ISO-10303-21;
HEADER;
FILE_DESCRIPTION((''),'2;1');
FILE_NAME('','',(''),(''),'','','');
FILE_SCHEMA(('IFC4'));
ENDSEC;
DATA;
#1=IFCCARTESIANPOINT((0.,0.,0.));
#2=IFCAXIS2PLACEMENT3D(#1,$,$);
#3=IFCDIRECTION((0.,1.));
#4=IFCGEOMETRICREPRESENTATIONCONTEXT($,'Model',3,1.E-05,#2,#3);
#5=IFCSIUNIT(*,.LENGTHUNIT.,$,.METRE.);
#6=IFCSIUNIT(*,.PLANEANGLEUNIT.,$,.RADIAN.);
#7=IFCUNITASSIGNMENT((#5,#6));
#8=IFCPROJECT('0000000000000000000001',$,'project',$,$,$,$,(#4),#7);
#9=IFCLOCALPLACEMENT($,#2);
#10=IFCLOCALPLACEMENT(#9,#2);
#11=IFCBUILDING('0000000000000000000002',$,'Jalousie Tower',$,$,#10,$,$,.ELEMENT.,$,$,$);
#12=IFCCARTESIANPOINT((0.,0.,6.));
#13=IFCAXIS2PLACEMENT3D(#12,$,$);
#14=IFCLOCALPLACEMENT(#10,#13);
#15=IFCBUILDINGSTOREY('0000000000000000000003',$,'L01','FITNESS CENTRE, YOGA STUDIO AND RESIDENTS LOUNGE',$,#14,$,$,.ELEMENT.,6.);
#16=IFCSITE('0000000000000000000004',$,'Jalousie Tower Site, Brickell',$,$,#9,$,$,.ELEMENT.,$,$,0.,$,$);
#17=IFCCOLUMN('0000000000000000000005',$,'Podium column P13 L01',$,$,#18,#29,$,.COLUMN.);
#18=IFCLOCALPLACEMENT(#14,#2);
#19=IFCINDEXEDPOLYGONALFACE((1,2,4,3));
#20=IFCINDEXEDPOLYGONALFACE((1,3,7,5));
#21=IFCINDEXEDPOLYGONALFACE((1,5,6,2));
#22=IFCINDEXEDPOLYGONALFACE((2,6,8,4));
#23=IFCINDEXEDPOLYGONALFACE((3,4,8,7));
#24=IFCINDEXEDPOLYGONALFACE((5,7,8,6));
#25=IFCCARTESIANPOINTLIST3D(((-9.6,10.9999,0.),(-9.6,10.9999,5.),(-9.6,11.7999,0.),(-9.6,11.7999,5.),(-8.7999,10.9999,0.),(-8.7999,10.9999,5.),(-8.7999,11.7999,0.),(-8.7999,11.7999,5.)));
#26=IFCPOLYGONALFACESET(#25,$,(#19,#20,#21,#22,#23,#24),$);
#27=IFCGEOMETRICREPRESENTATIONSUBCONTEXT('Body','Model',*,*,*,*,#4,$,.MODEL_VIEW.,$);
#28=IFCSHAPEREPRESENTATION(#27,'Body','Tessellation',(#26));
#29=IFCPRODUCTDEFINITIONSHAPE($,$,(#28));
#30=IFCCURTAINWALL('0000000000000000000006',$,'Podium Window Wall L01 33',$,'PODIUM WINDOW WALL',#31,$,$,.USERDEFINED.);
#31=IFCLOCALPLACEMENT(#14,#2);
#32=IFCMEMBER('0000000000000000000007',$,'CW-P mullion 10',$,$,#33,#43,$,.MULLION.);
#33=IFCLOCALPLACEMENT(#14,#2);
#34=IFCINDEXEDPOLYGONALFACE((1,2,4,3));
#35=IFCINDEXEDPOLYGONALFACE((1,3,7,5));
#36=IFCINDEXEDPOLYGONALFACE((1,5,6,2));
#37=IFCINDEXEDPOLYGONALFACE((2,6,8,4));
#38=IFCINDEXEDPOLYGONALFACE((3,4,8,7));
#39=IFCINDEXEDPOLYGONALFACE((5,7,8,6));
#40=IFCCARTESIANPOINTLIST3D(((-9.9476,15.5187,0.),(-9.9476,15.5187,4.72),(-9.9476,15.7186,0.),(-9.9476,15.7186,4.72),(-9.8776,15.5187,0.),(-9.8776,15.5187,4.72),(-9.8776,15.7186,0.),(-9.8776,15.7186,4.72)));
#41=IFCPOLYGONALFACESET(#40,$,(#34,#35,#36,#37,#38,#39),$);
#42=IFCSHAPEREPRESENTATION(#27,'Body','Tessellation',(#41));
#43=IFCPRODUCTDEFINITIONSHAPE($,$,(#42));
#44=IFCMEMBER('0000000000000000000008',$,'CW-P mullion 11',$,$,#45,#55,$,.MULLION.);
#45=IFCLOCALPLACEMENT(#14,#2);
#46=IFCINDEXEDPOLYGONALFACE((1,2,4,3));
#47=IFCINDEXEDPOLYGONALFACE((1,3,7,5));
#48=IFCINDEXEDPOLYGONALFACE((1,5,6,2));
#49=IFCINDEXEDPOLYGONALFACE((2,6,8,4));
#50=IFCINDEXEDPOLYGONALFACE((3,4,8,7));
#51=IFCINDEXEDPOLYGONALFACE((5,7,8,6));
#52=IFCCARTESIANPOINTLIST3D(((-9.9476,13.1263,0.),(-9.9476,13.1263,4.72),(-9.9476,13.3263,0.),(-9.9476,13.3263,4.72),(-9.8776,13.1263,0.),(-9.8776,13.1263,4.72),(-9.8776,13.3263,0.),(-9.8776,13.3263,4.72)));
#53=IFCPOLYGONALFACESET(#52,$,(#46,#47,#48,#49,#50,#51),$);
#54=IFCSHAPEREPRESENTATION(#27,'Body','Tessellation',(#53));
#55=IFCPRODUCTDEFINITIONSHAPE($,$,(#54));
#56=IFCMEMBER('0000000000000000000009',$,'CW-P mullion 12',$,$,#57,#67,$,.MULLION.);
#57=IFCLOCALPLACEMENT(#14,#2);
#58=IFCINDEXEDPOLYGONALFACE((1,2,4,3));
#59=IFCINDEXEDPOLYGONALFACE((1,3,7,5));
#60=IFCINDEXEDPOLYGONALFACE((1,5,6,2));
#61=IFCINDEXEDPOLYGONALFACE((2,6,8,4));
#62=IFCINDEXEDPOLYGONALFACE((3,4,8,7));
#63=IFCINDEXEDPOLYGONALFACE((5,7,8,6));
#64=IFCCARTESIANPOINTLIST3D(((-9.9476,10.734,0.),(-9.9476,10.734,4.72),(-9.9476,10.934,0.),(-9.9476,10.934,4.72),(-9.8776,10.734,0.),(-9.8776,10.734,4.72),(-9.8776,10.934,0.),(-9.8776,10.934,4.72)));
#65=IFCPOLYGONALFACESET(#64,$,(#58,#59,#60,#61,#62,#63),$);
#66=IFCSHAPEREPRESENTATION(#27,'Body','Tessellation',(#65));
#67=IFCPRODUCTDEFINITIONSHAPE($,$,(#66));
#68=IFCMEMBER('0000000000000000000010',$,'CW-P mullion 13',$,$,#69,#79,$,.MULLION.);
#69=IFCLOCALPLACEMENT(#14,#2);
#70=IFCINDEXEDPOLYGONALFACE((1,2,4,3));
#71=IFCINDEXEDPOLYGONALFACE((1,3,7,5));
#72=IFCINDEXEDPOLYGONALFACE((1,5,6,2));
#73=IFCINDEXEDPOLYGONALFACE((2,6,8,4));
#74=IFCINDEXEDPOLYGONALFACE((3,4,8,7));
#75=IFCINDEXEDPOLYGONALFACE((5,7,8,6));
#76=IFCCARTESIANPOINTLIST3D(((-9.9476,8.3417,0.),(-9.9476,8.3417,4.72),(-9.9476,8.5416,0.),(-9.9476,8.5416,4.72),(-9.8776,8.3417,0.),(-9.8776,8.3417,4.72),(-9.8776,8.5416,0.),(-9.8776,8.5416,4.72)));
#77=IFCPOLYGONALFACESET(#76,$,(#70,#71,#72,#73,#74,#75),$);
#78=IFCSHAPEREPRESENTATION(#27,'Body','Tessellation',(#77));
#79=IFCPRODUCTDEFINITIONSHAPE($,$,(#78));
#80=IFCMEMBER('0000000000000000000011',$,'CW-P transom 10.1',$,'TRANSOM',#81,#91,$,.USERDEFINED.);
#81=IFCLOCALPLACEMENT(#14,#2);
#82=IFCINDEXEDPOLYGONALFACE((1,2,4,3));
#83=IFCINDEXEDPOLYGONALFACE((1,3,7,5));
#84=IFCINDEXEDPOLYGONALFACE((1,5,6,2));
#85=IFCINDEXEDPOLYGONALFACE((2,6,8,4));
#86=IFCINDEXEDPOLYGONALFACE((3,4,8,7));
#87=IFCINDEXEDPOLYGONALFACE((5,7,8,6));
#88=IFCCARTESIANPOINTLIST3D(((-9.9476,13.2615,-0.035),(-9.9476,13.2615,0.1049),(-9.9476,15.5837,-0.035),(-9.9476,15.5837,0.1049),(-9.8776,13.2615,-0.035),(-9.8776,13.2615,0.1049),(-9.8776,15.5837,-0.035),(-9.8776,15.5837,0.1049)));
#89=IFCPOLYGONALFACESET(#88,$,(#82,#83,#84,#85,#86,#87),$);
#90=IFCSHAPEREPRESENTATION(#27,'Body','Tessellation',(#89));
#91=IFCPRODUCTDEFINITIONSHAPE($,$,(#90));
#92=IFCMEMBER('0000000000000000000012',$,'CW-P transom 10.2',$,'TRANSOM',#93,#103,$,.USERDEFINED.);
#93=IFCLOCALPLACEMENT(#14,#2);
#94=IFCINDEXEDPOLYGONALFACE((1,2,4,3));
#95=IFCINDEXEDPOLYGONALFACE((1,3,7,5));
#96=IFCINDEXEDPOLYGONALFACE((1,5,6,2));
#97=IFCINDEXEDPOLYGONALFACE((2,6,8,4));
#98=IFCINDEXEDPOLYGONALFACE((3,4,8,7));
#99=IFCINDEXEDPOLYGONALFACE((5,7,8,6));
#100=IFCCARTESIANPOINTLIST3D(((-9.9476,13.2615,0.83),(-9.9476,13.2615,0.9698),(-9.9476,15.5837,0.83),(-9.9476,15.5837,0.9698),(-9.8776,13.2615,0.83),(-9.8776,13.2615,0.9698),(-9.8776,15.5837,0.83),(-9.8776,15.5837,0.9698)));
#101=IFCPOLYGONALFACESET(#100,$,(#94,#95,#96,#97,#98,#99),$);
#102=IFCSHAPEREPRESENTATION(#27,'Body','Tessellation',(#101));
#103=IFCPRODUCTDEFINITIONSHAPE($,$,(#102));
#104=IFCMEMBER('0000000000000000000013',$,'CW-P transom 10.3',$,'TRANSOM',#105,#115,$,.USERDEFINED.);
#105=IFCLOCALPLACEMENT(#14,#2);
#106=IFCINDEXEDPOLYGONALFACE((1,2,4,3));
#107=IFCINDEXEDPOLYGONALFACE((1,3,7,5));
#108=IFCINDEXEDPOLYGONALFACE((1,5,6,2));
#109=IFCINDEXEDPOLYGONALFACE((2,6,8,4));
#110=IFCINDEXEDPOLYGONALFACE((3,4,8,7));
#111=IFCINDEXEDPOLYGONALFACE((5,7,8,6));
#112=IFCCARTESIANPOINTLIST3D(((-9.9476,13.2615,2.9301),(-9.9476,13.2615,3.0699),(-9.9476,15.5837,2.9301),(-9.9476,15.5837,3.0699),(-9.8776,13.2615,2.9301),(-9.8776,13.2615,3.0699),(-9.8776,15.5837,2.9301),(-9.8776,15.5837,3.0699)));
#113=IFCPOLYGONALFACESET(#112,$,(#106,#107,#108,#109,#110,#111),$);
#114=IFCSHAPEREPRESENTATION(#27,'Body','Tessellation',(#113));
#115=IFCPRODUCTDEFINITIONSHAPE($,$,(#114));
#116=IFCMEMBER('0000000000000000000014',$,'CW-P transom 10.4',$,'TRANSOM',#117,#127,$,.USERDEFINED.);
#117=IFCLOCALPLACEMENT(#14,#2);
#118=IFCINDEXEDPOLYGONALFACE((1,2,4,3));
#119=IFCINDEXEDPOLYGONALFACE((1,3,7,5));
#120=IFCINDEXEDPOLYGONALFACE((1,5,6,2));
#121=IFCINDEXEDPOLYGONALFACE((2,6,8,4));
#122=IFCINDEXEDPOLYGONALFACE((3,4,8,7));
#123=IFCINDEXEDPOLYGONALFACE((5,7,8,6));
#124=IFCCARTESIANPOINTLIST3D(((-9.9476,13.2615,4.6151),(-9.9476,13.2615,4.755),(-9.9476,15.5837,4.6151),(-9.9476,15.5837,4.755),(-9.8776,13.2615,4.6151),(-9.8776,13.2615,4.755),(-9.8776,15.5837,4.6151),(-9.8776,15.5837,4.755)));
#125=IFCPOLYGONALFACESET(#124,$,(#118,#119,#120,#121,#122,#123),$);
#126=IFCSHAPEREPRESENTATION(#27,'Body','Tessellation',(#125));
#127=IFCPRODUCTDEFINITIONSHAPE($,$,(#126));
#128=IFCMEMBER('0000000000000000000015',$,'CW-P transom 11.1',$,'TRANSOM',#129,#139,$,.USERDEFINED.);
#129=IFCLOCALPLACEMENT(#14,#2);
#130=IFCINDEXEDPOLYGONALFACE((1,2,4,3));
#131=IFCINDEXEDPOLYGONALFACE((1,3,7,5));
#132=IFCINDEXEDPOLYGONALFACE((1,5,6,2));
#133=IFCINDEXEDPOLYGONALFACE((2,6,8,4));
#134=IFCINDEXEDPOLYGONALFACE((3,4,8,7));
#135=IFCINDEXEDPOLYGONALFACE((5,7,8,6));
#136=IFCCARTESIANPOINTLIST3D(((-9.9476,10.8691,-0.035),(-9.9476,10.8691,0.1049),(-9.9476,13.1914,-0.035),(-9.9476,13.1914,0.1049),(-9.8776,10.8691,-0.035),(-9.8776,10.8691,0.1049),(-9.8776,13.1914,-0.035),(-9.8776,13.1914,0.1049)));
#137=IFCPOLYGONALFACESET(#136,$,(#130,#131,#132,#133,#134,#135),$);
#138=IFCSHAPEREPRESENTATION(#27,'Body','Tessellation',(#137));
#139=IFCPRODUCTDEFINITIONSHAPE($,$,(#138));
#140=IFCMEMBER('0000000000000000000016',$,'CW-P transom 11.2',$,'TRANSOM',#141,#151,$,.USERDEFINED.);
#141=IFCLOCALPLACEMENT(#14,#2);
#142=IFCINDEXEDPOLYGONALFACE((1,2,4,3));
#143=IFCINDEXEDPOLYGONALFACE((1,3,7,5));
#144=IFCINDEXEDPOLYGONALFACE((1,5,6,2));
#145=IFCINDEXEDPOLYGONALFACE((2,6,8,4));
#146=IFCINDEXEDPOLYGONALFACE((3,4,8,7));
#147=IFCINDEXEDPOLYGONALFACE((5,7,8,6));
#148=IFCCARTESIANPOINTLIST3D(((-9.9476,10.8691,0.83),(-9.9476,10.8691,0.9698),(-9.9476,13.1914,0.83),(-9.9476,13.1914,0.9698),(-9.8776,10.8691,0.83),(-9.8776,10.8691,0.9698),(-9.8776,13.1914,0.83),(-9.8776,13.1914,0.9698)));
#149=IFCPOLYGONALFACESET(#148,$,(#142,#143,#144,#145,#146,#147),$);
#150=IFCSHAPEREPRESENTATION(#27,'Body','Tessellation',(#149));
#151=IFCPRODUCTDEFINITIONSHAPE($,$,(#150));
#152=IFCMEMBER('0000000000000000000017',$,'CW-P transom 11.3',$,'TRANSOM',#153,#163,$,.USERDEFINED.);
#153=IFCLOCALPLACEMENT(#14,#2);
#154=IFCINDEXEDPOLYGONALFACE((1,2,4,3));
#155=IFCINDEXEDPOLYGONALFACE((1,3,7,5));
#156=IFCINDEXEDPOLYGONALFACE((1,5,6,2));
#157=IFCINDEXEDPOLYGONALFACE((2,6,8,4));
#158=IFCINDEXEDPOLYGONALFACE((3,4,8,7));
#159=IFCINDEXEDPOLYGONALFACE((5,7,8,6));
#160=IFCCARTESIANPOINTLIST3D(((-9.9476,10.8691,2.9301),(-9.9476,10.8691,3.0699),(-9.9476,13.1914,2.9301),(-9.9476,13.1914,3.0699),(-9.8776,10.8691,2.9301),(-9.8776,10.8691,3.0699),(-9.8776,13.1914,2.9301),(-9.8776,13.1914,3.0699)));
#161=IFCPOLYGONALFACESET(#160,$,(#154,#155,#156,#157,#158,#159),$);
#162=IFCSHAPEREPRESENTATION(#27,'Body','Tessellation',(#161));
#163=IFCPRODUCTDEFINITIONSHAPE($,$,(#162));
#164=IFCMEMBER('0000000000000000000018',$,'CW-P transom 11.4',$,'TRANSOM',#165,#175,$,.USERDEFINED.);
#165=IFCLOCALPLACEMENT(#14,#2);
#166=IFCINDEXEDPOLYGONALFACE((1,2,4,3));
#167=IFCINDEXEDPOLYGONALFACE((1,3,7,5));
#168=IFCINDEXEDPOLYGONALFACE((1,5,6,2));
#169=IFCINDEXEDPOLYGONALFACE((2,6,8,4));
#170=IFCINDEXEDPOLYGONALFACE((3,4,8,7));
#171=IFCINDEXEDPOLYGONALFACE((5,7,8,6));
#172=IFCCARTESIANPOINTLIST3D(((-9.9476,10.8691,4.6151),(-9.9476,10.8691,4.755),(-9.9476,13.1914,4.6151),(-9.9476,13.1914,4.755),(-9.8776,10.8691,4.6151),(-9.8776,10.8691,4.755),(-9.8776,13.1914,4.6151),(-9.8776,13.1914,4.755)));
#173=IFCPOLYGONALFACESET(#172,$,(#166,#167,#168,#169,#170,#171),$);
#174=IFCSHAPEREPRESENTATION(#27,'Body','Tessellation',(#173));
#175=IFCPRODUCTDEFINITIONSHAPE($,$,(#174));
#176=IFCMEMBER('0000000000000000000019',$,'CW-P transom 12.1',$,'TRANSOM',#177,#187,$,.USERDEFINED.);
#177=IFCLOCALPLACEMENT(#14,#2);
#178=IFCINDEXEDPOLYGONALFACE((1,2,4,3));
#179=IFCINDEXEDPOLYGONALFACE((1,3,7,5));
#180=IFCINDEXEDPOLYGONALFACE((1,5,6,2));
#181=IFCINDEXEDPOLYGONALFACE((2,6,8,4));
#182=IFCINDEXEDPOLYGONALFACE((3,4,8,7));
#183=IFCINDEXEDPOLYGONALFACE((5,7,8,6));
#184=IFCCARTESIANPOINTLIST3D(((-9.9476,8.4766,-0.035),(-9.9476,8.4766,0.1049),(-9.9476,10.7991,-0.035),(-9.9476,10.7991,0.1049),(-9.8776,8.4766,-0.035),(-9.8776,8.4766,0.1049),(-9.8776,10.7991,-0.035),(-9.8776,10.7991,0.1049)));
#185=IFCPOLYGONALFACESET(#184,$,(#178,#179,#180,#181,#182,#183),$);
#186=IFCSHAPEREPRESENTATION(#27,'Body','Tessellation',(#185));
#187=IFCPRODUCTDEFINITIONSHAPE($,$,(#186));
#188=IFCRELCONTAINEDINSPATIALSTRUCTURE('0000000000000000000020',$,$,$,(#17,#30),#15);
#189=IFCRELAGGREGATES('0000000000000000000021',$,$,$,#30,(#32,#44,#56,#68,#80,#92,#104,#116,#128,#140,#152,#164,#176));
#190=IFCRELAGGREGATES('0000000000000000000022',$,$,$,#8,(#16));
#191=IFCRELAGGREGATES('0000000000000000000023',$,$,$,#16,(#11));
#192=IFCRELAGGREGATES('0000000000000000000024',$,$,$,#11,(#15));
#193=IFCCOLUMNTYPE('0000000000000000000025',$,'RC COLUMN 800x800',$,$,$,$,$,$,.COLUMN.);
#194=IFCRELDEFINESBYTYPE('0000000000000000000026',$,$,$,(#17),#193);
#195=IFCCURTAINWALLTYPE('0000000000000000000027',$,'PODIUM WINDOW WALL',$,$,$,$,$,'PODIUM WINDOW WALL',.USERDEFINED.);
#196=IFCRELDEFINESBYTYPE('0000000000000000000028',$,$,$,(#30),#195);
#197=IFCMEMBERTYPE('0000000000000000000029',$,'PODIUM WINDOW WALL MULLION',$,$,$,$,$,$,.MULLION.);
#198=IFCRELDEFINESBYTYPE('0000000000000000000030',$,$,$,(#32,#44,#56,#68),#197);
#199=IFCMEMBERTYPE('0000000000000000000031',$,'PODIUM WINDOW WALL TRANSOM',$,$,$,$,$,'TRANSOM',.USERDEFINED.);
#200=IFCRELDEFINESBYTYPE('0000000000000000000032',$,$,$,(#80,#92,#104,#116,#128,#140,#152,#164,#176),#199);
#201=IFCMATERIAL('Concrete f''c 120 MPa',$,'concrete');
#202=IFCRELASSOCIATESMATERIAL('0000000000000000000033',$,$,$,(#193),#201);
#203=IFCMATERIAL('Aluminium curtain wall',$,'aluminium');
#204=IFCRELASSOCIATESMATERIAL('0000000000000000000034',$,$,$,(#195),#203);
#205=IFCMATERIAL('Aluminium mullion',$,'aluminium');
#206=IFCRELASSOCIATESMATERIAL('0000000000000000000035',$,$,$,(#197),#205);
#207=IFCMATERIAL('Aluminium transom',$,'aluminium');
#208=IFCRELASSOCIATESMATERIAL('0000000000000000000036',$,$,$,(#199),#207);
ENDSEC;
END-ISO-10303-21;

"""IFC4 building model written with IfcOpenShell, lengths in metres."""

from ifc_helpers import new_model, si_unit, direction, frame, origin, origin_2d, place, context, subcontext, project, spatial, rectangle, extrude, material, material_profile, profile_set, type_object, element, aggregate, save


model = new_model("IFC4")

# Units and contexts
model_context = context("Model", 3, precision=1e-05, world=origin(), true_north=direction((0.0, 1.0)))
body_context = subcontext(model_context, "Body", "Model", "MODEL_VIEW")
ifc_project = project(units=[si_unit("LENGTHUNIT", "METRE"), si_unit("PLANEANGLEUNIT", "RADIAN")], contexts=[model_context])

# Site, building, storey
site_placement = place(None, origin())
site = spatial("IfcSite", under=ifc_project, at=site_placement, Name="Jalousie Tower Site, Brickell", CompositionType="ELEMENT", RefElevation=0.0)
building_placement = place(site_placement, origin())
building = spatial("IfcBuilding", under=site, at=building_placement, Name="Jalousie Tower", CompositionType="ELEMENT")
storey_placement = place(building_placement, frame((0.0, 0.0, 6.0)))
storey = spatial("IfcBuildingStorey", under=building, at=storey_placement, Name="L01", Description="FITNESS CENTRE, YOGA STUDIO AND RESIDENTS LOUNGE", CompositionType="ELEMENT", Elevation=6.0)

# Column
ifc_material_1 = material(Name="Concrete f'c 120 MPa", Category="concrete")
ifc_material_profile_1 = material_profile(ifc_material_1, rectangle(XDim=0.8, YDim=0.8, at=origin_2d()), Name="RC 800x800")
ifc_profile_set_1 = profile_set([ifc_material_profile_1], Name="Concrete f'c 120 MPa")
column_type = type_object("IfcColumnType", Name="RC COLUMN 800x800", PredefinedType="COLUMN", material=ifc_profile_set_1)
column_placement = place(storey_placement, frame((-9.2, 11.3999, 0.0), z_axis=(0.0, 0.0, 1.0), x_axis=(1.0, 0.0, 0.0)))
element("IfcColumn", 1, at=column_placement, inside=storey, type_object=column_type, Name="Podium column P13 L01", PredefinedType="COLUMN", context=body_context, shape_type="SweptSolid", body=[
    extrude(rectangle(XDim=0.8, YDim=0.8, at=origin_2d()), origin(), (0.0, 0.0, 1.0), 5.0),
])

# Curtain wall, members
ifc_material_2 = material(Name="Aluminium curtain wall", Category="aluminium")
curtain_wall_type = type_object("IfcCurtainWallType", Name="PODIUM WINDOW WALL", ElementType="PODIUM WINDOW WALL", PredefinedType="USERDEFINED", material=ifc_material_2)
curtain_wall_placement = place(storey_placement, origin())
curtain_wall = element("IfcCurtainWall", 2, at=curtain_wall_placement, inside=storey, type_object=curtain_wall_type, Name="Podium Window Wall L01 33", ObjectType="PODIUM WINDOW WALL", PredefinedType="USERDEFINED")
ifc_material_3 = material(Name="Aluminium mullion", Category="aluminium")
ifc_material_profile_2 = material_profile(ifc_material_3, rectangle(XDim=0.0701, YDim=0.2, at=origin_2d()), Name="MULLION 70x200")
ifc_profile_set_2 = profile_set([ifc_material_profile_2], Name="Aluminium mullion")
member_type_1 = type_object("IfcMemberType", Name="PODIUM WINDOW WALL MULLION", PredefinedType="MULLION", material=ifc_profile_set_2)
member_1_placement = place(storey_placement, frame((-9.9126, 15.6187, 0.0), z_axis=(0.0, 0.0, 1.0), x_axis=(1.0, 0.0, 0.0)))
member_1 = element("IfcMember", 3, at=member_1_placement, type_object=member_type_1, Name="CW-P mullion 10", PredefinedType="MULLION", context=body_context, shape_type="SweptSolid", body=[
    extrude(rectangle(XDim=0.0701, YDim=0.2, at=origin_2d()), origin(), (0.0, 0.0, 1.0), 4.72),
])
member_2_placement = place(storey_placement, frame((-9.9126, 13.2263, 0.0), z_axis=(0.0, 0.0, 1.0), x_axis=(1.0, 0.0, 0.0)))
member_2 = element("IfcMember", 4, at=member_2_placement, type_object=member_type_1, Name="CW-P mullion 11", PredefinedType="MULLION", context=body_context, shape_type="SweptSolid", body=[
    extrude(rectangle(XDim=0.0701, YDim=0.2, at=origin_2d()), origin(), (0.0, 0.0, 1.0), 4.72),
])
member_3_placement = place(storey_placement, frame((-9.9126, 10.834, 0.0), z_axis=(0.0, 0.0, 1.0), x_axis=(1.0, 0.0, 0.0)))
member_3 = element("IfcMember", 5, at=member_3_placement, type_object=member_type_1, Name="CW-P mullion 12", PredefinedType="MULLION", context=body_context, shape_type="SweptSolid", body=[
    extrude(rectangle(XDim=0.0701, YDim=0.2, at=origin_2d()), origin(), (0.0, 0.0, 1.0), 4.72),
])
member_4_placement = place(storey_placement, frame((-9.9126, 8.4417, 0.0), z_axis=(0.0, 0.0, 1.0), x_axis=(1.0, 0.0, 0.0)))
member_4 = element("IfcMember", 6, at=member_4_placement, type_object=member_type_1, Name="CW-P mullion 13", PredefinedType="MULLION", context=body_context, shape_type="SweptSolid", body=[
    extrude(rectangle(XDim=0.0701, YDim=0.2, at=origin_2d()), origin(), (0.0, 0.0, 1.0), 4.72),
])
ifc_material_4 = material(Name="Aluminium transom", Category="aluminium")
ifc_material_profile_3 = material_profile(ifc_material_4, rectangle(XDim=0.0701, YDim=0.1399, at=origin_2d()), Name="TRANSOM 70x140")
ifc_profile_set_3 = profile_set([ifc_material_profile_3], Name="Aluminium transom")
member_type_2 = type_object("IfcMemberType", Name="PODIUM WINDOW WALL TRANSOM", ElementType="TRANSOM", PredefinedType="USERDEFINED", material=ifc_profile_set_3)
member_5_placement = place(storey_placement, frame((-9.9126, 15.5837, 0.0349), z_axis=(0.0, -1.0, 0.0), x_axis=(1.0, 0.0, 0.0)))
member_5 = element("IfcMember", 7, at=member_5_placement, type_object=member_type_2, Name="CW-P transom 10.1", ObjectType="TRANSOM", PredefinedType="USERDEFINED", context=body_context, shape_type="SweptSolid", body=[
    extrude(rectangle(XDim=0.0701, YDim=0.1399, at=origin_2d()), origin(), (0.0, 0.0, 1.0), 2.3223),
])
member_6_placement = place(storey_placement, frame((-9.9126, 15.5837, 0.8999), z_axis=(0.0, -1.0, 0.0), x_axis=(1.0, 0.0, 0.0)))
member_6 = element("IfcMember", 8, at=member_6_placement, type_object=member_type_2, Name="CW-P transom 10.2", ObjectType="TRANSOM", PredefinedType="USERDEFINED", context=body_context, shape_type="SweptSolid", body=[
    extrude(rectangle(XDim=0.0701, YDim=0.1399, at=origin_2d()), origin(), (0.0, 0.0, 1.0), 2.3223),
])
member_7_placement = place(storey_placement, frame((-9.9126, 15.5837, 3.0), z_axis=(0.0, -1.0, 0.0), x_axis=(1.0, 0.0, 0.0)))
member_7 = element("IfcMember", 9, at=member_7_placement, type_object=member_type_2, Name="CW-P transom 10.3", ObjectType="TRANSOM", PredefinedType="USERDEFINED", context=body_context, shape_type="SweptSolid", body=[
    extrude(rectangle(XDim=0.0701, YDim=0.1399, at=origin_2d()), origin(), (0.0, 0.0, 1.0), 2.3223),
])
member_8_placement = place(storey_placement, frame((-9.9126, 15.5837, 4.6851), z_axis=(0.0, -1.0, 0.0), x_axis=(1.0, 0.0, 0.0)))
member_8 = element("IfcMember", 10, at=member_8_placement, type_object=member_type_2, Name="CW-P transom 10.4", ObjectType="TRANSOM", PredefinedType="USERDEFINED", context=body_context, shape_type="SweptSolid", body=[
    extrude(rectangle(XDim=0.0701, YDim=0.1399, at=origin_2d()), origin(), (0.0, 0.0, 1.0), 2.3223),
])
member_9_placement = place(storey_placement, frame((-9.9126, 13.1914, 0.0349), z_axis=(0.0, -1.0, 0.0), x_axis=(1.0, 0.0, 0.0)))
member_9 = element("IfcMember", 11, at=member_9_placement, type_object=member_type_2, Name="CW-P transom 11.1", ObjectType="TRANSOM", PredefinedType="USERDEFINED", context=body_context, shape_type="SweptSolid", body=[
    extrude(rectangle(XDim=0.0701, YDim=0.1399, at=origin_2d()), origin(), (0.0, 0.0, 1.0), 2.3223),
])
member_10_placement = place(storey_placement, frame((-9.9126, 13.1914, 0.8999), z_axis=(0.0, -1.0, 0.0), x_axis=(1.0, 0.0, 0.0)))
member_10 = element("IfcMember", 12, at=member_10_placement, type_object=member_type_2, Name="CW-P transom 11.2", ObjectType="TRANSOM", PredefinedType="USERDEFINED", context=body_context, shape_type="SweptSolid", body=[
    extrude(rectangle(XDim=0.0701, YDim=0.1399, at=origin_2d()), origin(), (0.0, 0.0, 1.0), 2.3223),
])
member_11_placement = place(storey_placement, frame((-9.9126, 13.1914, 3.0), z_axis=(0.0, -1.0, 0.0), x_axis=(1.0, 0.0, 0.0)))
member_11 = element("IfcMember", 13, at=member_11_placement, type_object=member_type_2, Name="CW-P transom 11.3", ObjectType="TRANSOM", PredefinedType="USERDEFINED", context=body_context, shape_type="SweptSolid", body=[
    extrude(rectangle(XDim=0.0701, YDim=0.1399, at=origin_2d()), origin(), (0.0, 0.0, 1.0), 2.3223),
])
member_12_placement = place(storey_placement, frame((-9.9126, 13.1914, 4.6851), z_axis=(0.0, -1.0, 0.0), x_axis=(1.0, 0.0, 0.0)))
member_12 = element("IfcMember", 14, at=member_12_placement, type_object=member_type_2, Name="CW-P transom 11.4", ObjectType="TRANSOM", PredefinedType="USERDEFINED", context=body_context, shape_type="SweptSolid", body=[
    extrude(rectangle(XDim=0.0701, YDim=0.1399, at=origin_2d()), origin(), (0.0, 0.0, 1.0), 2.3223),
])
member_13_placement = place(storey_placement, frame((-9.9126, 10.7991, 0.0349), z_axis=(0.0, -1.0, 0.0), x_axis=(1.0, 0.0, 0.0)))
member_13 = element("IfcMember", 15, at=member_13_placement, type_object=member_type_2, Name="CW-P transom 12.1", ObjectType="TRANSOM", PredefinedType="USERDEFINED", context=body_context, shape_type="SweptSolid", body=[
    extrude(rectangle(XDim=0.0701, YDim=0.1399, at=origin_2d()), origin(), (0.0, 0.0, 1.0), 2.3225),
])

aggregate(curtain_wall, [member_1, member_2, member_3, member_4, member_5, member_6, member_7, member_8, member_9, member_10, member_11, member_12, member_13])

save(model, "model.ifc")
